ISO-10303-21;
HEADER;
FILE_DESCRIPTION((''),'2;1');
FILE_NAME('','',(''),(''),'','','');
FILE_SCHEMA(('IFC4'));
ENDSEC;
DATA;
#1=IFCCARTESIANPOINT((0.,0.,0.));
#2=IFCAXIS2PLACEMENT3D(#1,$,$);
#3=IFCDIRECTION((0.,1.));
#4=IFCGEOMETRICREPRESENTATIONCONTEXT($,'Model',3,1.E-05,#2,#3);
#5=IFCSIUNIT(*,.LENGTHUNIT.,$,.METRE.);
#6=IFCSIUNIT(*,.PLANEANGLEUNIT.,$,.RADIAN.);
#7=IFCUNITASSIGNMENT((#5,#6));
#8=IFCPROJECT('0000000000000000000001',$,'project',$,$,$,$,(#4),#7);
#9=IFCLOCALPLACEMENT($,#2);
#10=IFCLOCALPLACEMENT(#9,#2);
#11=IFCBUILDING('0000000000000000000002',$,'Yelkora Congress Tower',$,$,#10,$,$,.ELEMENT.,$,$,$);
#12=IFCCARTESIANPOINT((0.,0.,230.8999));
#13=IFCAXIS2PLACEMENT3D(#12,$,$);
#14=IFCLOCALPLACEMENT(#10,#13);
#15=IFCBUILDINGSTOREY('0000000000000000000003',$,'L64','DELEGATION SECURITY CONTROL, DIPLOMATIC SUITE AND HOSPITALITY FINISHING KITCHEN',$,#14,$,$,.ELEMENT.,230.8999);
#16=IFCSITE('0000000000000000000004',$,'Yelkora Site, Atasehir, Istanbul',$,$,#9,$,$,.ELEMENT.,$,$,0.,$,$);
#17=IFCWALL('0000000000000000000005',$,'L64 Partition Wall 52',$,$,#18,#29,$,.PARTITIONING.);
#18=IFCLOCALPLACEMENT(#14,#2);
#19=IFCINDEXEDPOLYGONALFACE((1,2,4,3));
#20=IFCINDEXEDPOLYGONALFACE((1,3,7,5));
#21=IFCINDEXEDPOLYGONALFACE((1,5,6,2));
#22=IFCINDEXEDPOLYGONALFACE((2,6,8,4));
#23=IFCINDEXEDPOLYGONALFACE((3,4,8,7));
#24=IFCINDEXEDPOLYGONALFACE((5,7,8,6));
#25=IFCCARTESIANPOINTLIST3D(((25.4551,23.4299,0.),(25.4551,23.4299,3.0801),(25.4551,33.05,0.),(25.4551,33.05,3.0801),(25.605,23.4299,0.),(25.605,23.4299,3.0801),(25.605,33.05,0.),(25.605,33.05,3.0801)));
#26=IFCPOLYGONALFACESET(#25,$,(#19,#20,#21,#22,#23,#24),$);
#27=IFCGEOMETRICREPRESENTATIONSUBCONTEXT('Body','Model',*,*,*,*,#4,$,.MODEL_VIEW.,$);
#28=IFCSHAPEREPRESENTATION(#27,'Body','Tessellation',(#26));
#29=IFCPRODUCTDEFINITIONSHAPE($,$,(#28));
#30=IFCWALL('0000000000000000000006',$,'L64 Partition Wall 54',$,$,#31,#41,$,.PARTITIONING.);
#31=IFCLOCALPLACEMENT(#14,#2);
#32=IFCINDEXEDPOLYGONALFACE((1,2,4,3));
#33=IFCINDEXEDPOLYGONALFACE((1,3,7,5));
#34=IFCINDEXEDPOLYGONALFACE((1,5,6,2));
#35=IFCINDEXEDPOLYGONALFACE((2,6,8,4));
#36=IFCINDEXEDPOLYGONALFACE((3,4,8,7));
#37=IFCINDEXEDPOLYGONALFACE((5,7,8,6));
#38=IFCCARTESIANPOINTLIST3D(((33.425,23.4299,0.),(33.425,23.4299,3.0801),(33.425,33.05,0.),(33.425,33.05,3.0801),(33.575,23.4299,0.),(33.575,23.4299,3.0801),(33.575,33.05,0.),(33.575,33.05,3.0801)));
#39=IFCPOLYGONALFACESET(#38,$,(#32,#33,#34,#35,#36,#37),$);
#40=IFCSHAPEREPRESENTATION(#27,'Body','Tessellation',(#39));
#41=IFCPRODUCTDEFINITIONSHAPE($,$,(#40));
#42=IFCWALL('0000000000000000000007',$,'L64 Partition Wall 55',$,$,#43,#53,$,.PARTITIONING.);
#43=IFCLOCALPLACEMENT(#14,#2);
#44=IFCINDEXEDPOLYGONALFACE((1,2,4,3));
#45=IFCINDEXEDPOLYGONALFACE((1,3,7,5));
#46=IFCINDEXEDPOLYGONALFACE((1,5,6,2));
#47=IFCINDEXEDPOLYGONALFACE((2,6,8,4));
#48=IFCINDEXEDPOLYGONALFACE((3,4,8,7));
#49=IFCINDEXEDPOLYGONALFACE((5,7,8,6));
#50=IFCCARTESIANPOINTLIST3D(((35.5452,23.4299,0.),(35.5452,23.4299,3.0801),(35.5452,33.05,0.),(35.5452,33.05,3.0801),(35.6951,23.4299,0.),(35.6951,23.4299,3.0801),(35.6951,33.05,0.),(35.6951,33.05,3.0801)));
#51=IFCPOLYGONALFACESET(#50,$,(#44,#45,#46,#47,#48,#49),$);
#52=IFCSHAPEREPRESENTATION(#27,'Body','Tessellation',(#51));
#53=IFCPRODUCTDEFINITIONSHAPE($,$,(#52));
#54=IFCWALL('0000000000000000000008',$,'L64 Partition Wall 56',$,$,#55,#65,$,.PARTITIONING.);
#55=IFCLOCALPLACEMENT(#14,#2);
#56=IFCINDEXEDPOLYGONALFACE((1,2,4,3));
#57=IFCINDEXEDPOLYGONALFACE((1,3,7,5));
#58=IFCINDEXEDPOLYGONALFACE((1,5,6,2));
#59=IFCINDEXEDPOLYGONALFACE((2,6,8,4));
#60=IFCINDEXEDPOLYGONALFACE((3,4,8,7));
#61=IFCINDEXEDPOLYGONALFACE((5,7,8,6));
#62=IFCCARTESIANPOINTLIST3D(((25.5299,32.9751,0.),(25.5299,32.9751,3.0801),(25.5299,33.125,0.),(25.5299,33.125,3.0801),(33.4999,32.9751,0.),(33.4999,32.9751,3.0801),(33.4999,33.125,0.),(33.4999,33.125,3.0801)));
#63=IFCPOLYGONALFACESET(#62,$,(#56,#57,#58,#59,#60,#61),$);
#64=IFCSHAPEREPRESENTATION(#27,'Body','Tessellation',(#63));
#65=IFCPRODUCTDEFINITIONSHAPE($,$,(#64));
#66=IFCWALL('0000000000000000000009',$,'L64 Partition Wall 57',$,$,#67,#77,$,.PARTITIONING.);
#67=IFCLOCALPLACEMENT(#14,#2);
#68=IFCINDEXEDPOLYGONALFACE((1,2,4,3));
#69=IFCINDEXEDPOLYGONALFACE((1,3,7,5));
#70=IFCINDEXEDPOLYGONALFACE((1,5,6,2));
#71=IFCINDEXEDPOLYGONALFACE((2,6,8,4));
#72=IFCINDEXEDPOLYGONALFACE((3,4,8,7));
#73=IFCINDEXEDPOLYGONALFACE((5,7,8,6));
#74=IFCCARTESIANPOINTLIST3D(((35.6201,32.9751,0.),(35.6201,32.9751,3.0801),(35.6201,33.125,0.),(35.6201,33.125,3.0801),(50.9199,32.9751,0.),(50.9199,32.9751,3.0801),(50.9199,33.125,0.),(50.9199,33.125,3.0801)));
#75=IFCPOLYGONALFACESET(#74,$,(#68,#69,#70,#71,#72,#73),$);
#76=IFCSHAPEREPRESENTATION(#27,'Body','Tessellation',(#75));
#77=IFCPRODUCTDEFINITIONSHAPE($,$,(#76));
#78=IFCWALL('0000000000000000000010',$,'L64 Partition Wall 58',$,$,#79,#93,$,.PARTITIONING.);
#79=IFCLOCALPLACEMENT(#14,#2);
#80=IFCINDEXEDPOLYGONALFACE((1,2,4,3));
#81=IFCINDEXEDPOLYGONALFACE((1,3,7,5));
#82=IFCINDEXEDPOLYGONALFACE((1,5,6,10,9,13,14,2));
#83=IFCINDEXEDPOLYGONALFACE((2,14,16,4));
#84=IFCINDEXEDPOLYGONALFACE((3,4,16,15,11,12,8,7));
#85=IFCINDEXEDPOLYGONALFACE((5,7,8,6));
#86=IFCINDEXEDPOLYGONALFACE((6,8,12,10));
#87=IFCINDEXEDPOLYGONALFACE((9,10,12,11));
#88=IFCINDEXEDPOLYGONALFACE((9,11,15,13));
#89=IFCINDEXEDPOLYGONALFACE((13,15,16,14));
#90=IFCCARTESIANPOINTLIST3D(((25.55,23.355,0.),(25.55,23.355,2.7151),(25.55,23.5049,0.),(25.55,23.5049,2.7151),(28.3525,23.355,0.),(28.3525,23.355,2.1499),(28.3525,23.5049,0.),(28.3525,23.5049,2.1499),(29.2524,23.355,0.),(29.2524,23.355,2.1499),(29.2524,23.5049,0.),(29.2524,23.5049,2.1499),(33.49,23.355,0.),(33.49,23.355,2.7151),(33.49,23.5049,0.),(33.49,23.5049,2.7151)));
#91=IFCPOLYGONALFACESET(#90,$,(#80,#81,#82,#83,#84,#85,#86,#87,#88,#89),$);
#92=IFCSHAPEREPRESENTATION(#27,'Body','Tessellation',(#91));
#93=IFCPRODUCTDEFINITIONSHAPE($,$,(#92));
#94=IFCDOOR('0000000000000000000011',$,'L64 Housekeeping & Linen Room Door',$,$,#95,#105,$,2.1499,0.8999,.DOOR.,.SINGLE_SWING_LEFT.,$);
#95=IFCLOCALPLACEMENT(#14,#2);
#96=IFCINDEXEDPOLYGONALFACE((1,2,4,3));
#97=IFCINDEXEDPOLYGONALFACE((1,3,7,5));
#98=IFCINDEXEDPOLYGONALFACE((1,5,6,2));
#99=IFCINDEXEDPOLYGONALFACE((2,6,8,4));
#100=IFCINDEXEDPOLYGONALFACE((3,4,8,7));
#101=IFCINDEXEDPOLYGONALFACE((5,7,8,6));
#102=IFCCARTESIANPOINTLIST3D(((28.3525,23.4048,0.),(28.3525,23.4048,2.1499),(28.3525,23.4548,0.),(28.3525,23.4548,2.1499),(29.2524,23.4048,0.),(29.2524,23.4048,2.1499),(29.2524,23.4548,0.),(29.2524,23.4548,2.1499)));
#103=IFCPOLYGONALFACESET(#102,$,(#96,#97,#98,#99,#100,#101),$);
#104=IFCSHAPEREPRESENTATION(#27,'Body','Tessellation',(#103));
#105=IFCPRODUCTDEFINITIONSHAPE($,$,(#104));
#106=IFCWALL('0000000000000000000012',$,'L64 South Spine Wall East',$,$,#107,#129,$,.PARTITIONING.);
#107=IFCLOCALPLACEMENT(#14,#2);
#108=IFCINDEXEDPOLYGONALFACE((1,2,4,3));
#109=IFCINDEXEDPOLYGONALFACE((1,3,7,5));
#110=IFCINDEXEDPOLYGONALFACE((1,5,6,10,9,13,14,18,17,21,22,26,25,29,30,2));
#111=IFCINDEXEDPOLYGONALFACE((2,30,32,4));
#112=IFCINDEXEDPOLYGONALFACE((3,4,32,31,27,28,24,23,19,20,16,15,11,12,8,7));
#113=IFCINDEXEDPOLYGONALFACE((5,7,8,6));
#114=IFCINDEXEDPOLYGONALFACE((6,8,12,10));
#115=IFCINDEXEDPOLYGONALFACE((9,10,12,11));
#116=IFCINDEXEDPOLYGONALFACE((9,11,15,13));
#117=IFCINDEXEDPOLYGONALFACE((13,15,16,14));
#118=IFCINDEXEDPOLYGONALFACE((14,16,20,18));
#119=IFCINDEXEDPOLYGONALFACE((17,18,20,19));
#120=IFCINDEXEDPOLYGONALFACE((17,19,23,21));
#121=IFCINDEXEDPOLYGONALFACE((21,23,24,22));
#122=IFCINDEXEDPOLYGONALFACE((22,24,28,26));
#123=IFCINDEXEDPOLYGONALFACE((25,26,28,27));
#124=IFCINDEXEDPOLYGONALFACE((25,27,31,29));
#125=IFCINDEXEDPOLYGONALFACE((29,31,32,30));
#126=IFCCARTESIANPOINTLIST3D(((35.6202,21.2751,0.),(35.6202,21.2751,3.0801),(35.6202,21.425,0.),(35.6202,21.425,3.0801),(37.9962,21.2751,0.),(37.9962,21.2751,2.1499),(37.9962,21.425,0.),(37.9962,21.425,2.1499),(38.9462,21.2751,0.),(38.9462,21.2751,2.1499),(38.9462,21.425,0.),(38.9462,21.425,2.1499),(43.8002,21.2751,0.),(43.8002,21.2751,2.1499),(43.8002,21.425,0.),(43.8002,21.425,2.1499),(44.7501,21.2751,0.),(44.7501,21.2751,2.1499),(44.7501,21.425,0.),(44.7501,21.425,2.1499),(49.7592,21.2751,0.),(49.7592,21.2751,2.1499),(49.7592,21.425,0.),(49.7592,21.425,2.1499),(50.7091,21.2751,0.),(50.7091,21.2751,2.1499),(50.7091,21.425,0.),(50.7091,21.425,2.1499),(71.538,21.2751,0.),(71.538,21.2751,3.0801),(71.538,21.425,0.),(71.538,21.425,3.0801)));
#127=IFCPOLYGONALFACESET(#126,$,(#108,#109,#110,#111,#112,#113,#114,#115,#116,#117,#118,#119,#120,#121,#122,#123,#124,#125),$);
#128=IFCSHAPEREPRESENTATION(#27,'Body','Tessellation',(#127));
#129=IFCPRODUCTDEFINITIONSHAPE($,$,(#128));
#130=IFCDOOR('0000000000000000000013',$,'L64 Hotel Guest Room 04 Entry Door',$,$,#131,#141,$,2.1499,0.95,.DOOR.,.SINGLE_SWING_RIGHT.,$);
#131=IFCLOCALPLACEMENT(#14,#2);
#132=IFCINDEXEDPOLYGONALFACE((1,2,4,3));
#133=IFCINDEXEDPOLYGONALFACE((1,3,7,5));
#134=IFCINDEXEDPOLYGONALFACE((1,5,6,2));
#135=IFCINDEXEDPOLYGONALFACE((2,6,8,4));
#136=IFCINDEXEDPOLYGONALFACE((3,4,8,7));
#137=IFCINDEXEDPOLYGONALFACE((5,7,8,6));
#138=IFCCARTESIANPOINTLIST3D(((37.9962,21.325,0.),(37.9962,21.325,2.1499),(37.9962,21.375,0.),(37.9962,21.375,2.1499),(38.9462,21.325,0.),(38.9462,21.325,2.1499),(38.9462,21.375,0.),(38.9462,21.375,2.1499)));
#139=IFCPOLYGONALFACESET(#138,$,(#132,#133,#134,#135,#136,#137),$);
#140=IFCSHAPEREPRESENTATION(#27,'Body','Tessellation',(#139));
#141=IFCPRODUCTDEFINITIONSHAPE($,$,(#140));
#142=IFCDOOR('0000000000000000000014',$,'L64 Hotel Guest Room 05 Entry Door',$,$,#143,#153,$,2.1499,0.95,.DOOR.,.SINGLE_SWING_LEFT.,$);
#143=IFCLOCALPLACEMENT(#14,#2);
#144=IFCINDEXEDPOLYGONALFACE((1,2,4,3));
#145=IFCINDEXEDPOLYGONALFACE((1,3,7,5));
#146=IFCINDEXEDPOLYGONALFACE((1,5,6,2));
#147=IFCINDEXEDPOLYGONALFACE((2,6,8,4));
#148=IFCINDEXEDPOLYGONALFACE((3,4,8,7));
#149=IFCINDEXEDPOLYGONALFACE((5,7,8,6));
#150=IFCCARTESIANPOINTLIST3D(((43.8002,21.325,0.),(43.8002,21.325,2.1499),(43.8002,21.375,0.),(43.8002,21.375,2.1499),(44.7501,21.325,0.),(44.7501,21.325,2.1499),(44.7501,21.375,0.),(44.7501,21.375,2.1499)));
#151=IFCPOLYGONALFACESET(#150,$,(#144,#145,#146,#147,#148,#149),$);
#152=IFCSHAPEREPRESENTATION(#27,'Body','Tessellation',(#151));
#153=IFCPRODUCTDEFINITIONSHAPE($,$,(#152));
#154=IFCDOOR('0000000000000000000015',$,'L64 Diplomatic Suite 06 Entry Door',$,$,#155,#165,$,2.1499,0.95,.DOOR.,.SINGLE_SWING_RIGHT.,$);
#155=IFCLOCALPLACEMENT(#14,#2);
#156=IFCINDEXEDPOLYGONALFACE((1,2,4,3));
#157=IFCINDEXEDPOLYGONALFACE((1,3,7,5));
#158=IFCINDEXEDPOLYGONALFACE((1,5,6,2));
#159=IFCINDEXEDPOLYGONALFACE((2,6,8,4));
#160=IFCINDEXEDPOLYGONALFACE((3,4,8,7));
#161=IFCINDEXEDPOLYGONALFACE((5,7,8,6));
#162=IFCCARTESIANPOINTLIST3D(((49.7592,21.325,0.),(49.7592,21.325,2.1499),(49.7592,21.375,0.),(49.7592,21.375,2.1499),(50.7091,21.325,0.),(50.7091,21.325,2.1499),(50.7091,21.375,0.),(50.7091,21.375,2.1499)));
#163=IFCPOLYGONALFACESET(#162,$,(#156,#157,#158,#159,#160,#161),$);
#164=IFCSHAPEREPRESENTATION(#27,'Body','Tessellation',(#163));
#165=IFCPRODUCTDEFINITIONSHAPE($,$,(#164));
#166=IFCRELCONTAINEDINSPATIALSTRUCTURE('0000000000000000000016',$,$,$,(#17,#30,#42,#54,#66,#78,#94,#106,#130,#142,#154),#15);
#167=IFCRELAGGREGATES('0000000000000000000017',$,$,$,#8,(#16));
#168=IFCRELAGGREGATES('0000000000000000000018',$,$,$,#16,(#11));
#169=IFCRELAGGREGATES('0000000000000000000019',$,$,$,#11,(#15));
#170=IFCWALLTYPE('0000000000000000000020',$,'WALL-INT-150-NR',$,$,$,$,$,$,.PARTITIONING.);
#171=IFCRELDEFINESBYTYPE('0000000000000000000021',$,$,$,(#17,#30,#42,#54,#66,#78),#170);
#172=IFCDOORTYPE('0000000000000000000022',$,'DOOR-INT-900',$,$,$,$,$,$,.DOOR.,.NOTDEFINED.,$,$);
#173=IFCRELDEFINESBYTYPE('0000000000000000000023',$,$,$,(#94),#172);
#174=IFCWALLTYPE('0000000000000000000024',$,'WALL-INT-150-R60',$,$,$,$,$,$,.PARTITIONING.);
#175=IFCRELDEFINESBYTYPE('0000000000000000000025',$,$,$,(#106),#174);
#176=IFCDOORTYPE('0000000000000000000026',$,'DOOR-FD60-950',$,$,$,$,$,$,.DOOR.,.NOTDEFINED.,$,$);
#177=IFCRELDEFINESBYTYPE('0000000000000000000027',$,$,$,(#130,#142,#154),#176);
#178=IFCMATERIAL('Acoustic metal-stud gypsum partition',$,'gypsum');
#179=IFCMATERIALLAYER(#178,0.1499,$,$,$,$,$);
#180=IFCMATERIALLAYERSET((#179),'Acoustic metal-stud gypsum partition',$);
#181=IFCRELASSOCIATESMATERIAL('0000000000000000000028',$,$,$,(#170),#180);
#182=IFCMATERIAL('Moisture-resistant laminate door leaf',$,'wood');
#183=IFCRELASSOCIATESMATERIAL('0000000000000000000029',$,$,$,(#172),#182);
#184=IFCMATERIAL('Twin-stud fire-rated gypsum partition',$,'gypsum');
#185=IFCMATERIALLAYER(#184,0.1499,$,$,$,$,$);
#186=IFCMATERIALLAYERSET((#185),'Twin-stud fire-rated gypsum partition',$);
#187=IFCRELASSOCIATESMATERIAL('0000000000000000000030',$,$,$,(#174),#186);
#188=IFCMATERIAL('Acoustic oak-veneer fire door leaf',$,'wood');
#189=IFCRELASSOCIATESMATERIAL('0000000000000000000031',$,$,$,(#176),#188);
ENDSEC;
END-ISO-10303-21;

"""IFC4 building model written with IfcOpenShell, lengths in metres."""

from ifc_helpers import new_model, si_unit, direction, frame, frame_2d, origin, place, context, subcontext, project, spatial, rectangle, extrude, material, layer, layer_set, type_object, element, fill, save


model = new_model("IFC4")

# Units and contexts
model_context = context("Model", 3, precision=1e-05, world=origin(), true_north=direction((0.0, 1.0)))
body_context = subcontext(model_context, "Body", "Model", "MODEL_VIEW")
ifc_project = project(units=[si_unit("LENGTHUNIT", "METRE"), si_unit("PLANEANGLEUNIT", "RADIAN")], contexts=[model_context])

# Site, building, storey
site_placement = place(None, origin())
site = spatial("IfcSite", under=ifc_project, at=site_placement, Name="Yelkora Site, Atasehir, Istanbul", CompositionType="ELEMENT", RefElevation=0.0)
building_placement = place(site_placement, origin())
building = spatial("IfcBuilding", under=site, at=building_placement, Name="Yelkora Congress Tower", CompositionType="ELEMENT")
storey_placement = place(building_placement, frame((0.0, 0.0, 230.8999)))
storey = spatial("IfcBuildingStorey", under=building, at=storey_placement, Name="L64", Description="DELEGATION SECURITY CONTROL, DIPLOMATIC SUITE AND HOSPITALITY FINISHING KITCHEN", CompositionType="ELEMENT", Elevation=230.8999)

# Walls
ifc_material_1 = material(Name="Acoustic metal-stud gypsum partition", Category="gypsum")
ifc_layer_1 = layer(ifc_material_1, 0.1499)
ifc_layer_set_1 = layer_set([ifc_layer_1], Name="Acoustic metal-stud gypsum partition")
wall_type_1 = type_object("IfcWallType", Name="WALL-INT-150-NR", PredefinedType="PARTITIONING", material=ifc_layer_set_1)
for number, where, z_axis, x_axis, name in (
    (1, (25.53, 23.4299, 0.0), (0.0, 0.0, 1.0), (0.0, 1.0, 0.0), "L64 Partition Wall 52"),
    (2, (33.5, 23.4299, 0.0), (0.0, 0.0, 1.0), (0.0, 1.0, 0.0), "L64 Partition Wall 54"),
    (3, (35.6201, 23.4299, 0.0), (0.0, 0.0, 1.0), (0.0, 1.0, 0.0), "L64 Partition Wall 55"),
):
    element("IfcWall", number, at=place(storey_placement, frame(where, z_axis=z_axis, x_axis=x_axis)), inside=storey, type_object=wall_type_1, Name=name, PredefinedType="PARTITIONING", context=body_context, shape_type="SweptSolid", body=[
        extrude(rectangle(XDim=9.6201, YDim=0.1499, at=frame_2d((4.8101, 0.0))), origin(), (0.0, 0.0, 1.0), 3.0801),
    ])
wall_1_placement = place(storey_placement, frame((25.53, 33.05, 0.0), z_axis=(0.0, 0.0, 1.0), x_axis=(1.0, 0.0, 0.0)))
element("IfcWall", 4, at=wall_1_placement, inside=storey, type_object=wall_type_1, Name="L64 Partition Wall 56", PredefinedType="PARTITIONING", context=body_context, shape_type="SweptSolid", body=[
    extrude(rectangle(XDim=7.97, YDim=0.1499, at=frame_2d((3.9849, 0.0))), origin(), (0.0, 0.0, 1.0), 3.0801),
])
wall_2_placement = place(storey_placement, frame((35.6201, 33.05, 0.0), z_axis=(0.0, 0.0, 1.0), x_axis=(1.0, 0.0, 0.0)))
element("IfcWall", 5, at=wall_2_placement, inside=storey, type_object=wall_type_1, Name="L64 Partition Wall 57", PredefinedType="PARTITIONING", context=body_context, shape_type="SweptSolid", body=[
    extrude(rectangle(XDim=15.2998, YDim=0.1499, at=frame_2d((7.6499, 0.0))), origin(), (0.0, 0.0, 1.0), 3.0801),
])

# Wall, opening, door
wall_3_placement = place(storey_placement, frame((25.55, 23.4299, 0.0), z_axis=(0.0, 0.0, 1.0), x_axis=(1.0, 0.0, 0.0)))
wall_3 = element("IfcWall", 6, at=wall_3_placement, inside=storey, type_object=wall_type_1, Name="L64 Partition Wall 58", PredefinedType="PARTITIONING", context=body_context, shape_type="SweptSolid", body=[
    extrude(rectangle(XDim=7.9399, YDim=0.1499, at=frame_2d((3.97, 0.0))), origin(), (0.0, 0.0, 1.0), 2.7151),
])
opening_1_placement = place(wall_3_placement, frame((2.8025, 0.0, 0.0)))
opening_1 = element("IfcOpeningElement", 7, at=opening_1_placement, cuts=wall_3, PredefinedType="OPENING", context=body_context, shape_type="SweptSolid", body=[
    extrude(rectangle(XDim=0.8999, YDim=2.1499, at=frame_2d((0.45, 1.075))), frame((0.0, 0.085, 0.0), z_axis=(0.0, -1.0, 0.0), x_axis=(1.0, 0.0, 0.0)), (0.0, 0.0, 1.0), 0.1699),
])
ifc_material_2 = material(Name="Moisture-resistant laminate door leaf", Category="wood")
door_type_1 = type_object("IfcDoorType", Name="DOOR-INT-900", OperationType="NOTDEFINED", PredefinedType="DOOR", material=ifc_material_2)
door_1_placement = place(opening_1_placement, origin())
door_1 = element("IfcDoor", 8, at=door_1_placement, inside=storey, type_object=door_type_1, Name="L64 Housekeeping & Linen Room Door", OperationType="SINGLE_SWING_LEFT", OverallHeight=2.1499, OverallWidth=0.8999, PredefinedType="DOOR", context=body_context, shape_type="SweptSolid", body=[
    extrude(rectangle(XDim=0.8999, YDim=2.1499, at=frame_2d((0.45, 1.075))), frame((0.0, 0.0249, 0.0), z_axis=(0.0, -1.0, 0.0), x_axis=(1.0, 0.0, 0.0)), (0.0, 0.0, 1.0), 0.05),
])
fill(opening_1, door_1)

# Wall, openings, doors
ifc_material_3 = material(Name="Twin-stud fire-rated gypsum partition", Category="gypsum")
ifc_layer_2 = layer(ifc_material_3, 0.1499)
ifc_layer_set_2 = layer_set([ifc_layer_2], Name="Twin-stud fire-rated gypsum partition")
wall_type_2 = type_object("IfcWallType", Name="WALL-INT-150-R60", PredefinedType="PARTITIONING", material=ifc_layer_set_2)
wall_4_placement = place(storey_placement, frame((35.6201, 21.3501, 0.0), z_axis=(0.0, 0.0, 1.0), x_axis=(1.0, 0.0, 0.0)))
wall_4 = element("IfcWall", 9, at=wall_4_placement, inside=storey, type_object=wall_type_2, Name="L64 South Spine Wall East", PredefinedType="PARTITIONING", context=body_context, shape_type="SweptSolid", body=[
    extrude(rectangle(XDim=35.9177, YDim=0.1499, at=frame_2d((17.959, 0.0))), origin(), (0.0, 0.0, 1.0), 3.0801),
])
opening_2_placement = place(wall_4_placement, frame((2.376, 0.0, 0.0)))
opening_2 = element("IfcOpeningElement", 10, at=opening_2_placement, cuts=wall_4, PredefinedType="OPENING", context=body_context, shape_type="SweptSolid", body=[
    extrude(rectangle(XDim=0.95, YDim=2.1499, at=frame_2d((0.4751, 1.075))), frame((0.0, 0.085, 0.0), z_axis=(0.0, -1.0, 0.0), x_axis=(1.0, 0.0, 0.0)), (0.0, 0.0, 1.0), 0.1699),
])
opening_3_placement = place(wall_4_placement, frame((8.1799, 0.0, 0.0)))
opening_3 = element("IfcOpeningElement", 11, at=opening_3_placement, cuts=wall_4, PredefinedType="OPENING", context=body_context, shape_type="SweptSolid", body=[
    extrude(rectangle(XDim=0.95, YDim=2.1499, at=frame_2d((0.4751, 1.075))), frame((0.0, 0.085, 0.0), z_axis=(0.0, -1.0, 0.0), x_axis=(1.0, 0.0, 0.0)), (0.0, 0.0, 1.0), 0.1699),
])
opening_4_placement = place(wall_4_placement, frame((14.1389, 0.0, 0.0)))
opening_4 = element("IfcOpeningElement", 12, at=opening_4_placement, cuts=wall_4, PredefinedType="OPENING", context=body_context, shape_type="SweptSolid", body=[
    extrude(rectangle(XDim=0.95, YDim=2.1499, at=frame_2d((0.4751, 1.075))), frame((0.0, 0.085, 0.0), z_axis=(0.0, -1.0, 0.0), x_axis=(1.0, 0.0, 0.0)), (0.0, 0.0, 1.0), 0.1699),
])
ifc_material_4 = material(Name="Acoustic oak-veneer fire door leaf", Category="wood")
door_type_2 = type_object("IfcDoorType", Name="DOOR-FD60-950", OperationType="NOTDEFINED", PredefinedType="DOOR", material=ifc_material_4)
door_2_placement = place(opening_2_placement, origin())
door_2 = element("IfcDoor", 13, at=door_2_placement, inside=storey, type_object=door_type_2, Name="L64 Hotel Guest Room 04 Entry Door", OperationType="SINGLE_SWING_RIGHT", OverallHeight=2.1499, OverallWidth=0.95, PredefinedType="DOOR", context=body_context, shape_type="SweptSolid", body=[
    extrude(rectangle(XDim=0.95, YDim=2.1499, at=frame_2d((0.4751, 1.075))), frame((0.0, 0.0249, 0.0), z_axis=(0.0, -1.0, 0.0), x_axis=(1.0, 0.0, 0.0)), (0.0, 0.0, 1.0), 0.05),
])
fill(opening_2, door_2)
door_3_placement = place(opening_3_placement, origin())
door_3 = element("IfcDoor", 14, at=door_3_placement, inside=storey, type_object=door_type_2, Name="L64 Hotel Guest Room 05 Entry Door", OperationType="SINGLE_SWING_LEFT", OverallHeight=2.1499, OverallWidth=0.95, PredefinedType="DOOR", context=body_context, shape_type="SweptSolid", body=[
    extrude(rectangle(XDim=0.95, YDim=2.1499, at=frame_2d((0.4751, 1.075))), frame((0.0, 0.0249, 0.0), z_axis=(0.0, -1.0, 0.0), x_axis=(1.0, 0.0, 0.0)), (0.0, 0.0, 1.0), 0.05),
])
fill(opening_3, door_3)
door_4_placement = place(opening_4_placement, origin())
door_4 = element("IfcDoor", 15, at=door_4_placement, inside=storey, type_object=door_type_2, Name="L64 Diplomatic Suite 06 Entry Door", OperationType="SINGLE_SWING_RIGHT", OverallHeight=2.1499, OverallWidth=0.95, PredefinedType="DOOR", context=body_context, shape_type="SweptSolid", body=[
    extrude(rectangle(XDim=0.95, YDim=2.1499, at=frame_2d((0.4751, 1.075))), frame((0.0, 0.0249, 0.0), z_axis=(0.0, -1.0, 0.0), x_axis=(1.0, 0.0, 0.0)), (0.0, 0.0, 1.0), 0.05),
])
fill(opening_4, door_4)

save(model, "model.ifc")
